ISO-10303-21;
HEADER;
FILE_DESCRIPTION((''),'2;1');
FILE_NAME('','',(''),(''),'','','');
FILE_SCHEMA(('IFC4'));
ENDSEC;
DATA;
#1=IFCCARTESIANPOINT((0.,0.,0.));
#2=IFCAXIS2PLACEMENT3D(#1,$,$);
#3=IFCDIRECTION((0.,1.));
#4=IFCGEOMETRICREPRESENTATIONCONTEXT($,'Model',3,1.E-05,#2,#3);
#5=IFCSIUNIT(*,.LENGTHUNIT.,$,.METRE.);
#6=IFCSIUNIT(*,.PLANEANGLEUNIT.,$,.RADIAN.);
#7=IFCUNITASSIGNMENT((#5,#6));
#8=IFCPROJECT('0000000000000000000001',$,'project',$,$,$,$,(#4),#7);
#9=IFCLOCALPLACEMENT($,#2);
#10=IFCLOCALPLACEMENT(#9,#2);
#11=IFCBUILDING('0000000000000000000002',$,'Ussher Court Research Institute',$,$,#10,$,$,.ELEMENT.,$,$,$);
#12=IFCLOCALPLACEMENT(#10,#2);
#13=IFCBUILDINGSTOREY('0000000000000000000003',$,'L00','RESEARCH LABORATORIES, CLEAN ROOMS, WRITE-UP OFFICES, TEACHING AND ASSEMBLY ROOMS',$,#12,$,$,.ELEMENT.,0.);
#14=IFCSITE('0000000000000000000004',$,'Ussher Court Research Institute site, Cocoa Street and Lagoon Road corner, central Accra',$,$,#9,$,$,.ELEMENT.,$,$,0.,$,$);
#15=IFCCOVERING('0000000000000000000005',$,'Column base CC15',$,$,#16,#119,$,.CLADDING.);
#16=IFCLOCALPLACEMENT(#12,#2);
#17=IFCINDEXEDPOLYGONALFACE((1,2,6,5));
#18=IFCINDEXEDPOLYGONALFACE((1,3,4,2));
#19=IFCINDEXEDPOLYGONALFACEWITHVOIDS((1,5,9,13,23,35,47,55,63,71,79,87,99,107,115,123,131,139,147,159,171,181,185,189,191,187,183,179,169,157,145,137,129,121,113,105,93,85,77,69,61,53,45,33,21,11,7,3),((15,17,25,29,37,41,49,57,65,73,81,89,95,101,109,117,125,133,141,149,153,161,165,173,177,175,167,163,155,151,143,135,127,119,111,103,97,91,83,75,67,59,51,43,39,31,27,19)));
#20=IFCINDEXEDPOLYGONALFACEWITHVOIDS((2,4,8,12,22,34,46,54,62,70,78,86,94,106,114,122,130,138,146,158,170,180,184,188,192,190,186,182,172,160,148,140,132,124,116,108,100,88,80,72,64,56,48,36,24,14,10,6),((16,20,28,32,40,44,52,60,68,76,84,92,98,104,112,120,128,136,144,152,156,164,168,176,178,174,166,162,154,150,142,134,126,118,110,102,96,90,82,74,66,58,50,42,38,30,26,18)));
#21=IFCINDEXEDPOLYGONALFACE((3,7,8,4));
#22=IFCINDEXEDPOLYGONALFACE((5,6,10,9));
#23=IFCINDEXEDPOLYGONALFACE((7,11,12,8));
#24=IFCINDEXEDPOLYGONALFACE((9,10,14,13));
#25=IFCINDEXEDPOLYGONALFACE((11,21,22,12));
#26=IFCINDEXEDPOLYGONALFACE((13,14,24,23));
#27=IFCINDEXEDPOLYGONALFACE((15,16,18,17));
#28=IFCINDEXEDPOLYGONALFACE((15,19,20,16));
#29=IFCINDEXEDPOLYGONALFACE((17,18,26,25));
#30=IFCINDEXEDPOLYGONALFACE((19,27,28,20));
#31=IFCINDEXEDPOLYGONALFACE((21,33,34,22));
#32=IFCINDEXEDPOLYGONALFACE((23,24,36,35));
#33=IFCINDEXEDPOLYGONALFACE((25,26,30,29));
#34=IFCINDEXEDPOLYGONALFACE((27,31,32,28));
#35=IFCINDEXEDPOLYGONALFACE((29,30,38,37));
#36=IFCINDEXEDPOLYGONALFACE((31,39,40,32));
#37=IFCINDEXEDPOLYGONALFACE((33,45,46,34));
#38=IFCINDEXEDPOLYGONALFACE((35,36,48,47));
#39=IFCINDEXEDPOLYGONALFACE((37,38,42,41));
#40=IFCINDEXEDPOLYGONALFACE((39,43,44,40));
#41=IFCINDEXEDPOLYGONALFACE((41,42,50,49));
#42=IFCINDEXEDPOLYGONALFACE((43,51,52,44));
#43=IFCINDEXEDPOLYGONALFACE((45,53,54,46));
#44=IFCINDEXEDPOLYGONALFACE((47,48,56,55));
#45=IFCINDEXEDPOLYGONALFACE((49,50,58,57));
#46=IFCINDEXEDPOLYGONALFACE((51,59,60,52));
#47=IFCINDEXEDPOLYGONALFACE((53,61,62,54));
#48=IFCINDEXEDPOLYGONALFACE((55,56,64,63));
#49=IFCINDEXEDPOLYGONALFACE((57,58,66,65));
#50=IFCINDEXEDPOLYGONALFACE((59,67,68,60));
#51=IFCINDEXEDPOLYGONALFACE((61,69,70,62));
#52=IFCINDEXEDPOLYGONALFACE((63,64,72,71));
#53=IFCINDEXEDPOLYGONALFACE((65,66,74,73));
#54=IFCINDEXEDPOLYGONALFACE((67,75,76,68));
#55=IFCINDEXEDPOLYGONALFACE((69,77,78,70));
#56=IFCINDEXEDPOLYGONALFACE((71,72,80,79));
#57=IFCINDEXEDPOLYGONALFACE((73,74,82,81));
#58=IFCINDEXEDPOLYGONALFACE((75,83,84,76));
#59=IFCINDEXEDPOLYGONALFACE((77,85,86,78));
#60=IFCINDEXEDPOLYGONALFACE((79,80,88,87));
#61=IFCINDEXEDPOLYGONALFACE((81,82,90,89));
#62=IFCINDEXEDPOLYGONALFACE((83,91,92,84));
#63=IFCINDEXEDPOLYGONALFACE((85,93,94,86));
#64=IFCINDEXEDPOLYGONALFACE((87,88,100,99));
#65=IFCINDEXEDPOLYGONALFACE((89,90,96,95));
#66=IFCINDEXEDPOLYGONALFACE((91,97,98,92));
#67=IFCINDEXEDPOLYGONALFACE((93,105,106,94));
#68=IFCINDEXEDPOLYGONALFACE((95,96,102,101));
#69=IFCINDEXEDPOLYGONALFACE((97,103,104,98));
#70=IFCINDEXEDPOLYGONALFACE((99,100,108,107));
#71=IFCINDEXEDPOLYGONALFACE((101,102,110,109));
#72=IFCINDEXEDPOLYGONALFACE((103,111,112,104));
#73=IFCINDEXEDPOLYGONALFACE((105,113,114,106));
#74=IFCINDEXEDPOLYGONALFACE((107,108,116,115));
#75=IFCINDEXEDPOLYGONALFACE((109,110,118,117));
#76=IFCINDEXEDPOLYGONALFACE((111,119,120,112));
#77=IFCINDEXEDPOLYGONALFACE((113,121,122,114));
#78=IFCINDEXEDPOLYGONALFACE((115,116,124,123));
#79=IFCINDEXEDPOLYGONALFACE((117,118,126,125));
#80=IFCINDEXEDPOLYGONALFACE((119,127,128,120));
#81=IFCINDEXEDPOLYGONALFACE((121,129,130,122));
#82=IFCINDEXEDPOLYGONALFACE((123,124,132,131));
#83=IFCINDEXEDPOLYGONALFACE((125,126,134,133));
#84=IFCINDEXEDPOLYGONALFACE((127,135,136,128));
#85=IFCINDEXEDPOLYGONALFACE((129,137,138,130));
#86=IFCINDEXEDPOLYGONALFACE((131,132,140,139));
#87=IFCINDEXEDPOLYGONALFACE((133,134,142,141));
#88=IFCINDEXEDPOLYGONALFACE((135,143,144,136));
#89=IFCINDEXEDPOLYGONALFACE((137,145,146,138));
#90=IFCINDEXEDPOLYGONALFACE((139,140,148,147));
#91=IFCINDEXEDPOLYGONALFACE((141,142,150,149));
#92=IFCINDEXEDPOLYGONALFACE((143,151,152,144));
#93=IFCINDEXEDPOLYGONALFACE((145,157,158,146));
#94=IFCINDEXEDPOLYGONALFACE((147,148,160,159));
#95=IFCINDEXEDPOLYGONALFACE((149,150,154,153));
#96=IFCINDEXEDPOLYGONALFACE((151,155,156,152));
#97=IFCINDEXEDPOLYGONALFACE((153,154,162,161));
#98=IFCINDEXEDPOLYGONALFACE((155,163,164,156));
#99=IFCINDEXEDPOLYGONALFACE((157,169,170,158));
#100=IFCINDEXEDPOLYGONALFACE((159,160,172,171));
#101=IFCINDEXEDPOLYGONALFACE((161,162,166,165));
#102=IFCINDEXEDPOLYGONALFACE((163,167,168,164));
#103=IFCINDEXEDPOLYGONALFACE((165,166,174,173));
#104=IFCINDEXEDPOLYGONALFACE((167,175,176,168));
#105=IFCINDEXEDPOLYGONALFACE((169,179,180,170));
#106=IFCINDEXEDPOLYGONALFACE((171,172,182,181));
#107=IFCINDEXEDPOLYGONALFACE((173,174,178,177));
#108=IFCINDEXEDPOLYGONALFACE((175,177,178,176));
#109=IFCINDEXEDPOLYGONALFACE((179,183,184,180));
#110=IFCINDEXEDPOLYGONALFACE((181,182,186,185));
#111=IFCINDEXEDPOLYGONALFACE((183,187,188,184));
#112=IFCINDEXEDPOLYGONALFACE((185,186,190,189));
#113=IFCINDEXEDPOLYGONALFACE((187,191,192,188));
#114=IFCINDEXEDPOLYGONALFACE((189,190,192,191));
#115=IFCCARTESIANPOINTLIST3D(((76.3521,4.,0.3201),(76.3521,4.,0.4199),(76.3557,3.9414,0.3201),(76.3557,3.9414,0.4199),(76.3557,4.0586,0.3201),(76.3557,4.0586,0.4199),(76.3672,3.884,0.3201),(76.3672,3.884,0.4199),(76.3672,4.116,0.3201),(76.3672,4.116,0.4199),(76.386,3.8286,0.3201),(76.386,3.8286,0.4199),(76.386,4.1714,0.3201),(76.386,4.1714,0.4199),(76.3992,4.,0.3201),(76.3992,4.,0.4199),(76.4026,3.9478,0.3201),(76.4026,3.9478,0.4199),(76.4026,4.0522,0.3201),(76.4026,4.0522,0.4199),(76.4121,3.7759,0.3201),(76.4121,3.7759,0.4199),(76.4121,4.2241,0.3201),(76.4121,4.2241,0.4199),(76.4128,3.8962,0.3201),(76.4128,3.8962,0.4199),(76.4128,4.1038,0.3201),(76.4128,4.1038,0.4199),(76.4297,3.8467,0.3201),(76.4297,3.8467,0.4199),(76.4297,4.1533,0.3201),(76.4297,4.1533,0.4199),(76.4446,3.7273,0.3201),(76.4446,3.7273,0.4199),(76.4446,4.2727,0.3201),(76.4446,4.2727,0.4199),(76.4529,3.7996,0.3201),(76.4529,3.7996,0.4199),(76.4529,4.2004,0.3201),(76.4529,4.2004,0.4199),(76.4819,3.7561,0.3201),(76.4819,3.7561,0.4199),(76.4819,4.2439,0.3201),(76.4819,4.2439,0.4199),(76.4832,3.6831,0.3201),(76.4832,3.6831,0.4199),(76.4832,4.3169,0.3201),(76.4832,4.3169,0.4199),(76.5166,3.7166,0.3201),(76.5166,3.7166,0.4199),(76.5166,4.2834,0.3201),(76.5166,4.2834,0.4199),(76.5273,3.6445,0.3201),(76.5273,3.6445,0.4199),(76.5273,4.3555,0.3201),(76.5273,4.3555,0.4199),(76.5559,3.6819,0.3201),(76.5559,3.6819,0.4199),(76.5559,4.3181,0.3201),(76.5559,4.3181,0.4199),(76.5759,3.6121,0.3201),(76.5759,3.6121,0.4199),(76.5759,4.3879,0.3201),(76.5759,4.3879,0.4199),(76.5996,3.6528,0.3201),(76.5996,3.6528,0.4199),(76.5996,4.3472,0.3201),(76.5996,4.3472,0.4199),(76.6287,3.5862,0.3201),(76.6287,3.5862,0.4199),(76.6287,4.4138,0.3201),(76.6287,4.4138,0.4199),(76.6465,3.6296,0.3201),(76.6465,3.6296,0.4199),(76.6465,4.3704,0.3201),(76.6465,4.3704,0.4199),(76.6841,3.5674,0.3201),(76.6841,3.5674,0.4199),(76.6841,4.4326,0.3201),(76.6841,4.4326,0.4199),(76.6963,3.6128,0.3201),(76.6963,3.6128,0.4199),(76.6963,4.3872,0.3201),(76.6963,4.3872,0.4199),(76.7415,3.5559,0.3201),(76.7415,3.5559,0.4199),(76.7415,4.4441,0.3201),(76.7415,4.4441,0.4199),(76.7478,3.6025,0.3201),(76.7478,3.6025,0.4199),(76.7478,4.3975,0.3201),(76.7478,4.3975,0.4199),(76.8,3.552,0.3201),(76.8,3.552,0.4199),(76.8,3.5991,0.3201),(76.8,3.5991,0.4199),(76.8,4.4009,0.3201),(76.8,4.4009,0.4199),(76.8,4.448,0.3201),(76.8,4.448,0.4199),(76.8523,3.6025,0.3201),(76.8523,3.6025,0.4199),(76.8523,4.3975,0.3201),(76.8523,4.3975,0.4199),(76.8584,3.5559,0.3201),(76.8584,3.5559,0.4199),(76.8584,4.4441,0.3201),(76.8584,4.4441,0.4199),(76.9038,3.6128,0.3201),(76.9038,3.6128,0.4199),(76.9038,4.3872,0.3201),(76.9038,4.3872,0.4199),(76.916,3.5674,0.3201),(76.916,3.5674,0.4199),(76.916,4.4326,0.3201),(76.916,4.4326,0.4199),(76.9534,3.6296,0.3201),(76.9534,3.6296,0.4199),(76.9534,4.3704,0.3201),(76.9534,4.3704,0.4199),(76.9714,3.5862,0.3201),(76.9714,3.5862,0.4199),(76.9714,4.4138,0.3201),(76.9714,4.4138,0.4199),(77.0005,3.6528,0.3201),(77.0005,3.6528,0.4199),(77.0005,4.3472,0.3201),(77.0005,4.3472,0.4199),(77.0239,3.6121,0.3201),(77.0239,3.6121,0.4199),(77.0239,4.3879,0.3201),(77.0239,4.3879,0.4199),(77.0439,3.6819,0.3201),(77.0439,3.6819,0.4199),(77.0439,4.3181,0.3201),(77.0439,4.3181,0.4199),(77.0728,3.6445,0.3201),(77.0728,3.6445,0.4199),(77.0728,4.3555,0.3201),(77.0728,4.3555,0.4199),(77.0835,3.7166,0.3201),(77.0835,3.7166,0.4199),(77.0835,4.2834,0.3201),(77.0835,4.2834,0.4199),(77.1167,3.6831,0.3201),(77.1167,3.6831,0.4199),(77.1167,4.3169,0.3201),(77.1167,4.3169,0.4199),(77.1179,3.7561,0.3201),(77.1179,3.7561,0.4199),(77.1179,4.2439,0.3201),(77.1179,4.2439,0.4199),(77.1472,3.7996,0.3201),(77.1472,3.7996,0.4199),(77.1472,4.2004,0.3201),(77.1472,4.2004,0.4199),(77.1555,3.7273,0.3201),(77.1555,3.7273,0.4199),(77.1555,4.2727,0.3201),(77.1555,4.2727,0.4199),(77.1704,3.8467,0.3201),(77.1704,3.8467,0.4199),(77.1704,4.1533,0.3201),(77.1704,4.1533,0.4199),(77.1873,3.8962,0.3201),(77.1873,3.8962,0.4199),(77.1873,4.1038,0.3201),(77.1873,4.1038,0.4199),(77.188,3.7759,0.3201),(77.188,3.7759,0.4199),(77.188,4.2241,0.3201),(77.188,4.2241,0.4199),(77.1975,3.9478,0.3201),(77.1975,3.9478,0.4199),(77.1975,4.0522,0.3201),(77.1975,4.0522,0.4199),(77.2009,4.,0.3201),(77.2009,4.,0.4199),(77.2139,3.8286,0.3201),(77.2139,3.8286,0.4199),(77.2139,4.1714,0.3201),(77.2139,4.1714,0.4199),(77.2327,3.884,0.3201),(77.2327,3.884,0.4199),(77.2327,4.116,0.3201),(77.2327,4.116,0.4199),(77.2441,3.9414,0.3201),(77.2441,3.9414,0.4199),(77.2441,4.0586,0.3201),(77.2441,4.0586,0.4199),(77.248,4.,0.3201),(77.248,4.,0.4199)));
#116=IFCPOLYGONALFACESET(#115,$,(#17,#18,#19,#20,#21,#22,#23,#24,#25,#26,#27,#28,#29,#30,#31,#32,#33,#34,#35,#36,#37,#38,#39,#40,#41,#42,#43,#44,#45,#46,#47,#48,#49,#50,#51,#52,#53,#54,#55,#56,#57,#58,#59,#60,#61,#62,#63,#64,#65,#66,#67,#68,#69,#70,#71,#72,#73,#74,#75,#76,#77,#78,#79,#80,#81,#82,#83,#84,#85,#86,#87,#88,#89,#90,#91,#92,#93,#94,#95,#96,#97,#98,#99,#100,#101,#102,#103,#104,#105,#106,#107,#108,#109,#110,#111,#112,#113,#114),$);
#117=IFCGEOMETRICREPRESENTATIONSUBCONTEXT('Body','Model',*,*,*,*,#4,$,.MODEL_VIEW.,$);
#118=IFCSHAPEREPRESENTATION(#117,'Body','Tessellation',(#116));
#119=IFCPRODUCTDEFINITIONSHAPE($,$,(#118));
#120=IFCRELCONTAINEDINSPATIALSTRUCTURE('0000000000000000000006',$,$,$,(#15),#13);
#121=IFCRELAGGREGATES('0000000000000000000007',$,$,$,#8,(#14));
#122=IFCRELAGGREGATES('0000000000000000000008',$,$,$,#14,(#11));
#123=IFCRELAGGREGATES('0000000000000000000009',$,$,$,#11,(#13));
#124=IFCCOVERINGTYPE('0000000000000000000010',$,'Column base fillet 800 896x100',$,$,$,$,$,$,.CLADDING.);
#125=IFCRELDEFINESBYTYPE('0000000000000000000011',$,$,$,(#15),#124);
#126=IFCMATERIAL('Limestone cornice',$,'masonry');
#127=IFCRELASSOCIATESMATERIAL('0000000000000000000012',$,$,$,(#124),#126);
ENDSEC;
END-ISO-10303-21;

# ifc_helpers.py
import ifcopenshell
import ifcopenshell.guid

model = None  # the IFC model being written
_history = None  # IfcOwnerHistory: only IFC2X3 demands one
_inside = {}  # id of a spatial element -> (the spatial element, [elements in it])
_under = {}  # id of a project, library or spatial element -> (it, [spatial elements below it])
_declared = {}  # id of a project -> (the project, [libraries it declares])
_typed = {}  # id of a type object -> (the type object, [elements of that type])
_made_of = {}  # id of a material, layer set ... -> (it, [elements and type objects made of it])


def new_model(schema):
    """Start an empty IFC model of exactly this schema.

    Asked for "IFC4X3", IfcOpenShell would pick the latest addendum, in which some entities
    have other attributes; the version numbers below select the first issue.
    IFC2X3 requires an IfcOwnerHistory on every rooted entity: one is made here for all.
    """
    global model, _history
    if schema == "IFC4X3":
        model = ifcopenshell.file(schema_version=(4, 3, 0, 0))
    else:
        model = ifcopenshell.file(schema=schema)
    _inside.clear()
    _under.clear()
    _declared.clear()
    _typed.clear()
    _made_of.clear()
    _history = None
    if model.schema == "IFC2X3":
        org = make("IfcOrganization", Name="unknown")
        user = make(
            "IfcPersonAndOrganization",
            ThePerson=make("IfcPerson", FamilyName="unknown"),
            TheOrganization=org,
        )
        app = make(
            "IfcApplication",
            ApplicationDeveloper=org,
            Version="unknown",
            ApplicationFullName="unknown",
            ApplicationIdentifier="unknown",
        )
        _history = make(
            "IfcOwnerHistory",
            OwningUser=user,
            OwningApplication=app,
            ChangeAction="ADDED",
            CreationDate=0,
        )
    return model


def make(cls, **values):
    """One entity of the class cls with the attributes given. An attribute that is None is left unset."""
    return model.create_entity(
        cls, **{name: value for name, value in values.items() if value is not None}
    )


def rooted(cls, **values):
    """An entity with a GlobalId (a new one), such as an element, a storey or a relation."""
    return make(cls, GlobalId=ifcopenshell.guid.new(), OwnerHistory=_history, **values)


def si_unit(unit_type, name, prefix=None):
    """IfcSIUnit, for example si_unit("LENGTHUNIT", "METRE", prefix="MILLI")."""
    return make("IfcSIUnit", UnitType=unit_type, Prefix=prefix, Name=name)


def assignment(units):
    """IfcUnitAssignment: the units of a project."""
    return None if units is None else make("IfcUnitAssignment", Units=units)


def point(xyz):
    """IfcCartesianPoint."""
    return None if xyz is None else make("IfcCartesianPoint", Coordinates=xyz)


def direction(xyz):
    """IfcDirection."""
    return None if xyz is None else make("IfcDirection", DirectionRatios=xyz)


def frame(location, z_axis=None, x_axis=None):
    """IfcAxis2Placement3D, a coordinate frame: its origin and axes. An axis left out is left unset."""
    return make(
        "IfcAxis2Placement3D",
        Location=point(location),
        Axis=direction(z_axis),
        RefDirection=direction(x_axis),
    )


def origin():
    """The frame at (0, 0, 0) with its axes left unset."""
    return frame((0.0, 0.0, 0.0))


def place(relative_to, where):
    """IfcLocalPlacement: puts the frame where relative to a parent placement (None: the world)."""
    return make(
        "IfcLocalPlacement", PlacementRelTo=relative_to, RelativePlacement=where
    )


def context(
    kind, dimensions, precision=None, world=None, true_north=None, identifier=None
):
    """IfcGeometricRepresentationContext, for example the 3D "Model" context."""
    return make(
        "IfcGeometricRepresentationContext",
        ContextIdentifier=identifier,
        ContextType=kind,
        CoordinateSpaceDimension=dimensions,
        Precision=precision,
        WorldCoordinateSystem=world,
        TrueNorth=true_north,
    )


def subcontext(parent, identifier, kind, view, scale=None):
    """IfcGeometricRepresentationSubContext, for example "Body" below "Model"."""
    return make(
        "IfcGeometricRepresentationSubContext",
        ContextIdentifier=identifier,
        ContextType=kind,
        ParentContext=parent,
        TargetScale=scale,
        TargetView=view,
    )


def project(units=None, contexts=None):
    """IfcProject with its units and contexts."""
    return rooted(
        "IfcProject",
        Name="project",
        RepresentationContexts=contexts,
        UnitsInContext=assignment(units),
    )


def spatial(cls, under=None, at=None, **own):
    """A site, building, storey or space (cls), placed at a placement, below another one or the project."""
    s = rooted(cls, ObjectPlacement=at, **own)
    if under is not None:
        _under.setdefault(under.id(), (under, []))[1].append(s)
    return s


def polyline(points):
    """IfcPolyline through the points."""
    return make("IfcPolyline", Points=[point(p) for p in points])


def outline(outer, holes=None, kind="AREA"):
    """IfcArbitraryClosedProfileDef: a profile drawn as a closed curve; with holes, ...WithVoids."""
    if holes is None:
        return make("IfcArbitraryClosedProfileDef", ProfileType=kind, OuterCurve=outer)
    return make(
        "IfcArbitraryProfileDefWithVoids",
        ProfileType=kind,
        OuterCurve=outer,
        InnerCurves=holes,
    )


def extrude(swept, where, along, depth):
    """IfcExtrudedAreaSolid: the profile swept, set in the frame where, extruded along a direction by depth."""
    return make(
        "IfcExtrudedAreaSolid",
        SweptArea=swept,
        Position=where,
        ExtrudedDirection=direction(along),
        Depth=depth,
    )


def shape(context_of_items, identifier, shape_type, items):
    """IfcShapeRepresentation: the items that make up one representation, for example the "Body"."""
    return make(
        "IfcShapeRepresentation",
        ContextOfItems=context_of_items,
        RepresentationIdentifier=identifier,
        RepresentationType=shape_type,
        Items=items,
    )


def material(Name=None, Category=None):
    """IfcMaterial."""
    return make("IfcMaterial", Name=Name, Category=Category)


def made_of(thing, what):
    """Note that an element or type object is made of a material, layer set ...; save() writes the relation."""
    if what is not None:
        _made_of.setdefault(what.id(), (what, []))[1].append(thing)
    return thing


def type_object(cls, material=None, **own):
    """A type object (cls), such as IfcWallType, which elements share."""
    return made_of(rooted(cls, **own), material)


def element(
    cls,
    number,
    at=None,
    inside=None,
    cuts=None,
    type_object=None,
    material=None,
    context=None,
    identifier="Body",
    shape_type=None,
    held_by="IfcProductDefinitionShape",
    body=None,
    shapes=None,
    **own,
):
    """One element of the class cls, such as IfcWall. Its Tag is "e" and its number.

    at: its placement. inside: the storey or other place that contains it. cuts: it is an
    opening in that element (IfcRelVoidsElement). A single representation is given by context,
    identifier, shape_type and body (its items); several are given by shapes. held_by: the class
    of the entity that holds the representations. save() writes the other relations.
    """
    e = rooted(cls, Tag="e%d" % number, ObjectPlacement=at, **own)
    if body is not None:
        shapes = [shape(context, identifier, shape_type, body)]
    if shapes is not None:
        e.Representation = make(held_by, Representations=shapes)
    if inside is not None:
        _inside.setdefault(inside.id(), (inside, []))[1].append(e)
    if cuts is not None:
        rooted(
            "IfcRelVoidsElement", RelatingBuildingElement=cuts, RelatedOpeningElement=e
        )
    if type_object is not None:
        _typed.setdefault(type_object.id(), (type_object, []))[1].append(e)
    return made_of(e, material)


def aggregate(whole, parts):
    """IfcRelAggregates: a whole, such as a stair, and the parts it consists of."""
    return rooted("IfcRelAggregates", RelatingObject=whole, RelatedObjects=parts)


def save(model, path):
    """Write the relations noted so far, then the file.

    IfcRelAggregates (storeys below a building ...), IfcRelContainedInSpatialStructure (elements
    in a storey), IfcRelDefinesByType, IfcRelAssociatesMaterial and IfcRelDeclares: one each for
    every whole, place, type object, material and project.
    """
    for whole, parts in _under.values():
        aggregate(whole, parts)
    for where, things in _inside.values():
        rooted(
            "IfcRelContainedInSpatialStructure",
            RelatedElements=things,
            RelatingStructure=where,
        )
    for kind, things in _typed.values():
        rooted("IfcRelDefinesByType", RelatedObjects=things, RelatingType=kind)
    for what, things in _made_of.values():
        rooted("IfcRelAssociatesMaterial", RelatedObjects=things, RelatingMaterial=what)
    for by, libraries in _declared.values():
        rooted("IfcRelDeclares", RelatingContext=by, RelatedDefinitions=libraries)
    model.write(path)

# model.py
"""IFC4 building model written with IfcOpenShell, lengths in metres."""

from ifc_helpers import new_model, si_unit, direction, frame, origin, place, context, subcontext, project, spatial, polyline, outline, extrude, material, type_object, element, save


model = new_model("IFC4")

# Units and contexts
model_context = context("Model", 3, precision=1e-05, world=origin(), true_north=direction((0.0, 1.0)))
body_context = subcontext(model_context, "Body", "Model", "MODEL_VIEW")
ifc_project = project(units=[si_unit("LENGTHUNIT", "METRE"), si_unit("PLANEANGLEUNIT", "RADIAN")], contexts=[model_context])

# Site, building, storey
site_placement = place(None, origin())
site = spatial("IfcSite", under=ifc_project, at=site_placement, Name="Ussher Court Research Institute site, Cocoa Street and Lagoon Road corner, central Accra", CompositionType="ELEMENT", RefElevation=0.0)
building_placement = place(site_placement, origin())
building = spatial("IfcBuilding", under=site, at=building_placement, Name="Ussher Court Research Institute", CompositionType="ELEMENT")
storey_placement = place(building_placement, origin())
storey = spatial("IfcBuildingStorey", under=building, at=storey_placement, Name="L00", Description="RESEARCH LABORATORIES, CLEAN ROOMS, WRITE-UP OFFICES, TEACHING AND ASSEMBLY ROOMS", CompositionType="ELEMENT", Elevation=0.0)

# Covering
ifc_material_1 = material(Name="Limestone cornice", Category="masonry")
covering_type_1 = type_object("IfcCoveringType", Name="Column base fillet 800 896x100", PredefinedType="CLADDING", material=ifc_material_1)
covering_1_placement = place(storey_placement, frame((0.0, 0.0, 0.3201)))
element("IfcCovering", 1, at=covering_1_placement, inside=storey, type_object=covering_type_1, Name="Column base CC15", PredefinedType="CLADDING", context=body_context, shape_type="SweptSolid", body=[
    extrude(outline(polyline([(77.248, 4.0), (77.2441, 4.0586), (77.2327, 4.116), (77.2139, 4.1714), (77.188, 4.2241), (77.1555, 4.2727), (77.1167, 4.3169), (77.0728, 4.3555), (77.0239, 4.3879), (76.9714, 4.4138), (76.916, 4.4326), (76.8584, 4.4441), (76.8, 4.448), (76.7415, 4.4441), (76.6841, 4.4326), (76.6287, 4.4138), (76.5759, 4.3879), (76.5273, 4.3555), (76.4832, 4.3169), (76.4446, 4.2727), (76.4121, 4.2241), (76.386, 4.1714), (76.3672, 4.116), (76.3557, 4.0586), (76.3521, 4.0), (76.3557, 3.9414), (76.3672, 3.884), (76.386, 3.8286), (76.4121, 3.7759), (76.4446, 3.7273), (76.4832, 3.6831), (76.5273, 3.6445), (76.5759, 3.6121), (76.6287, 3.5862), (76.6841, 3.5674), (76.7415, 3.5559), (76.8, 3.552), (76.8584, 3.5559), (76.916, 3.5674), (76.9714, 3.5862), (77.0239, 3.6121), (77.0728, 3.6445), (77.1167, 3.6831), (77.1555, 3.7273), (77.188, 3.7759), (77.2139, 3.8286), (77.2327, 3.884), (77.2441, 3.9414), (77.248, 4.0)]), holes=[polyline([(77.2009, 4.0), (77.1975, 4.0522), (77.1873, 4.1038), (77.1704, 4.1533), (77.1472, 4.2004), (77.1179, 4.2439), (77.0835, 4.2834), (77.0439, 4.3181), (77.0005, 4.3472), (76.9534, 4.3704), (76.9038, 4.3872), (76.8523, 4.3975), (76.8, 4.4009), (76.7478, 4.3975), (76.6963, 4.3872), (76.6465, 4.3704), (76.5996, 4.3472), (76.5559, 4.3181), (76.5166, 4.2834), (76.4819, 4.2439), (76.4529, 4.2004), (76.4297, 4.1533), (76.4128, 4.1038), (76.4026, 4.0522), (76.3992, 4.0), (76.4026, 3.9478), (76.4128, 3.8962), (76.4297, 3.8467), (76.4529, 3.7996), (76.4819, 3.7561), (76.5166, 3.7166), (76.5559, 3.6819), (76.5996, 3.6528), (76.6465, 3.6296), (76.6963, 3.6128), (76.7478, 3.6025), (76.8, 3.5991), (76.8523, 3.6025), (76.9038, 3.6128), (76.9534, 3.6296), (77.0005, 3.6528), (77.0439, 3.6819), (77.0835, 3.7166), (77.1179, 3.7561), (77.1472, 3.7996), (77.1704, 3.8467), (77.1873, 3.8962), (77.1975, 3.9478), (77.2009, 4.0)])]), origin(), (0.0, 0.0, 1.0), 0.0999),
])

save(model, "model.ifc")
